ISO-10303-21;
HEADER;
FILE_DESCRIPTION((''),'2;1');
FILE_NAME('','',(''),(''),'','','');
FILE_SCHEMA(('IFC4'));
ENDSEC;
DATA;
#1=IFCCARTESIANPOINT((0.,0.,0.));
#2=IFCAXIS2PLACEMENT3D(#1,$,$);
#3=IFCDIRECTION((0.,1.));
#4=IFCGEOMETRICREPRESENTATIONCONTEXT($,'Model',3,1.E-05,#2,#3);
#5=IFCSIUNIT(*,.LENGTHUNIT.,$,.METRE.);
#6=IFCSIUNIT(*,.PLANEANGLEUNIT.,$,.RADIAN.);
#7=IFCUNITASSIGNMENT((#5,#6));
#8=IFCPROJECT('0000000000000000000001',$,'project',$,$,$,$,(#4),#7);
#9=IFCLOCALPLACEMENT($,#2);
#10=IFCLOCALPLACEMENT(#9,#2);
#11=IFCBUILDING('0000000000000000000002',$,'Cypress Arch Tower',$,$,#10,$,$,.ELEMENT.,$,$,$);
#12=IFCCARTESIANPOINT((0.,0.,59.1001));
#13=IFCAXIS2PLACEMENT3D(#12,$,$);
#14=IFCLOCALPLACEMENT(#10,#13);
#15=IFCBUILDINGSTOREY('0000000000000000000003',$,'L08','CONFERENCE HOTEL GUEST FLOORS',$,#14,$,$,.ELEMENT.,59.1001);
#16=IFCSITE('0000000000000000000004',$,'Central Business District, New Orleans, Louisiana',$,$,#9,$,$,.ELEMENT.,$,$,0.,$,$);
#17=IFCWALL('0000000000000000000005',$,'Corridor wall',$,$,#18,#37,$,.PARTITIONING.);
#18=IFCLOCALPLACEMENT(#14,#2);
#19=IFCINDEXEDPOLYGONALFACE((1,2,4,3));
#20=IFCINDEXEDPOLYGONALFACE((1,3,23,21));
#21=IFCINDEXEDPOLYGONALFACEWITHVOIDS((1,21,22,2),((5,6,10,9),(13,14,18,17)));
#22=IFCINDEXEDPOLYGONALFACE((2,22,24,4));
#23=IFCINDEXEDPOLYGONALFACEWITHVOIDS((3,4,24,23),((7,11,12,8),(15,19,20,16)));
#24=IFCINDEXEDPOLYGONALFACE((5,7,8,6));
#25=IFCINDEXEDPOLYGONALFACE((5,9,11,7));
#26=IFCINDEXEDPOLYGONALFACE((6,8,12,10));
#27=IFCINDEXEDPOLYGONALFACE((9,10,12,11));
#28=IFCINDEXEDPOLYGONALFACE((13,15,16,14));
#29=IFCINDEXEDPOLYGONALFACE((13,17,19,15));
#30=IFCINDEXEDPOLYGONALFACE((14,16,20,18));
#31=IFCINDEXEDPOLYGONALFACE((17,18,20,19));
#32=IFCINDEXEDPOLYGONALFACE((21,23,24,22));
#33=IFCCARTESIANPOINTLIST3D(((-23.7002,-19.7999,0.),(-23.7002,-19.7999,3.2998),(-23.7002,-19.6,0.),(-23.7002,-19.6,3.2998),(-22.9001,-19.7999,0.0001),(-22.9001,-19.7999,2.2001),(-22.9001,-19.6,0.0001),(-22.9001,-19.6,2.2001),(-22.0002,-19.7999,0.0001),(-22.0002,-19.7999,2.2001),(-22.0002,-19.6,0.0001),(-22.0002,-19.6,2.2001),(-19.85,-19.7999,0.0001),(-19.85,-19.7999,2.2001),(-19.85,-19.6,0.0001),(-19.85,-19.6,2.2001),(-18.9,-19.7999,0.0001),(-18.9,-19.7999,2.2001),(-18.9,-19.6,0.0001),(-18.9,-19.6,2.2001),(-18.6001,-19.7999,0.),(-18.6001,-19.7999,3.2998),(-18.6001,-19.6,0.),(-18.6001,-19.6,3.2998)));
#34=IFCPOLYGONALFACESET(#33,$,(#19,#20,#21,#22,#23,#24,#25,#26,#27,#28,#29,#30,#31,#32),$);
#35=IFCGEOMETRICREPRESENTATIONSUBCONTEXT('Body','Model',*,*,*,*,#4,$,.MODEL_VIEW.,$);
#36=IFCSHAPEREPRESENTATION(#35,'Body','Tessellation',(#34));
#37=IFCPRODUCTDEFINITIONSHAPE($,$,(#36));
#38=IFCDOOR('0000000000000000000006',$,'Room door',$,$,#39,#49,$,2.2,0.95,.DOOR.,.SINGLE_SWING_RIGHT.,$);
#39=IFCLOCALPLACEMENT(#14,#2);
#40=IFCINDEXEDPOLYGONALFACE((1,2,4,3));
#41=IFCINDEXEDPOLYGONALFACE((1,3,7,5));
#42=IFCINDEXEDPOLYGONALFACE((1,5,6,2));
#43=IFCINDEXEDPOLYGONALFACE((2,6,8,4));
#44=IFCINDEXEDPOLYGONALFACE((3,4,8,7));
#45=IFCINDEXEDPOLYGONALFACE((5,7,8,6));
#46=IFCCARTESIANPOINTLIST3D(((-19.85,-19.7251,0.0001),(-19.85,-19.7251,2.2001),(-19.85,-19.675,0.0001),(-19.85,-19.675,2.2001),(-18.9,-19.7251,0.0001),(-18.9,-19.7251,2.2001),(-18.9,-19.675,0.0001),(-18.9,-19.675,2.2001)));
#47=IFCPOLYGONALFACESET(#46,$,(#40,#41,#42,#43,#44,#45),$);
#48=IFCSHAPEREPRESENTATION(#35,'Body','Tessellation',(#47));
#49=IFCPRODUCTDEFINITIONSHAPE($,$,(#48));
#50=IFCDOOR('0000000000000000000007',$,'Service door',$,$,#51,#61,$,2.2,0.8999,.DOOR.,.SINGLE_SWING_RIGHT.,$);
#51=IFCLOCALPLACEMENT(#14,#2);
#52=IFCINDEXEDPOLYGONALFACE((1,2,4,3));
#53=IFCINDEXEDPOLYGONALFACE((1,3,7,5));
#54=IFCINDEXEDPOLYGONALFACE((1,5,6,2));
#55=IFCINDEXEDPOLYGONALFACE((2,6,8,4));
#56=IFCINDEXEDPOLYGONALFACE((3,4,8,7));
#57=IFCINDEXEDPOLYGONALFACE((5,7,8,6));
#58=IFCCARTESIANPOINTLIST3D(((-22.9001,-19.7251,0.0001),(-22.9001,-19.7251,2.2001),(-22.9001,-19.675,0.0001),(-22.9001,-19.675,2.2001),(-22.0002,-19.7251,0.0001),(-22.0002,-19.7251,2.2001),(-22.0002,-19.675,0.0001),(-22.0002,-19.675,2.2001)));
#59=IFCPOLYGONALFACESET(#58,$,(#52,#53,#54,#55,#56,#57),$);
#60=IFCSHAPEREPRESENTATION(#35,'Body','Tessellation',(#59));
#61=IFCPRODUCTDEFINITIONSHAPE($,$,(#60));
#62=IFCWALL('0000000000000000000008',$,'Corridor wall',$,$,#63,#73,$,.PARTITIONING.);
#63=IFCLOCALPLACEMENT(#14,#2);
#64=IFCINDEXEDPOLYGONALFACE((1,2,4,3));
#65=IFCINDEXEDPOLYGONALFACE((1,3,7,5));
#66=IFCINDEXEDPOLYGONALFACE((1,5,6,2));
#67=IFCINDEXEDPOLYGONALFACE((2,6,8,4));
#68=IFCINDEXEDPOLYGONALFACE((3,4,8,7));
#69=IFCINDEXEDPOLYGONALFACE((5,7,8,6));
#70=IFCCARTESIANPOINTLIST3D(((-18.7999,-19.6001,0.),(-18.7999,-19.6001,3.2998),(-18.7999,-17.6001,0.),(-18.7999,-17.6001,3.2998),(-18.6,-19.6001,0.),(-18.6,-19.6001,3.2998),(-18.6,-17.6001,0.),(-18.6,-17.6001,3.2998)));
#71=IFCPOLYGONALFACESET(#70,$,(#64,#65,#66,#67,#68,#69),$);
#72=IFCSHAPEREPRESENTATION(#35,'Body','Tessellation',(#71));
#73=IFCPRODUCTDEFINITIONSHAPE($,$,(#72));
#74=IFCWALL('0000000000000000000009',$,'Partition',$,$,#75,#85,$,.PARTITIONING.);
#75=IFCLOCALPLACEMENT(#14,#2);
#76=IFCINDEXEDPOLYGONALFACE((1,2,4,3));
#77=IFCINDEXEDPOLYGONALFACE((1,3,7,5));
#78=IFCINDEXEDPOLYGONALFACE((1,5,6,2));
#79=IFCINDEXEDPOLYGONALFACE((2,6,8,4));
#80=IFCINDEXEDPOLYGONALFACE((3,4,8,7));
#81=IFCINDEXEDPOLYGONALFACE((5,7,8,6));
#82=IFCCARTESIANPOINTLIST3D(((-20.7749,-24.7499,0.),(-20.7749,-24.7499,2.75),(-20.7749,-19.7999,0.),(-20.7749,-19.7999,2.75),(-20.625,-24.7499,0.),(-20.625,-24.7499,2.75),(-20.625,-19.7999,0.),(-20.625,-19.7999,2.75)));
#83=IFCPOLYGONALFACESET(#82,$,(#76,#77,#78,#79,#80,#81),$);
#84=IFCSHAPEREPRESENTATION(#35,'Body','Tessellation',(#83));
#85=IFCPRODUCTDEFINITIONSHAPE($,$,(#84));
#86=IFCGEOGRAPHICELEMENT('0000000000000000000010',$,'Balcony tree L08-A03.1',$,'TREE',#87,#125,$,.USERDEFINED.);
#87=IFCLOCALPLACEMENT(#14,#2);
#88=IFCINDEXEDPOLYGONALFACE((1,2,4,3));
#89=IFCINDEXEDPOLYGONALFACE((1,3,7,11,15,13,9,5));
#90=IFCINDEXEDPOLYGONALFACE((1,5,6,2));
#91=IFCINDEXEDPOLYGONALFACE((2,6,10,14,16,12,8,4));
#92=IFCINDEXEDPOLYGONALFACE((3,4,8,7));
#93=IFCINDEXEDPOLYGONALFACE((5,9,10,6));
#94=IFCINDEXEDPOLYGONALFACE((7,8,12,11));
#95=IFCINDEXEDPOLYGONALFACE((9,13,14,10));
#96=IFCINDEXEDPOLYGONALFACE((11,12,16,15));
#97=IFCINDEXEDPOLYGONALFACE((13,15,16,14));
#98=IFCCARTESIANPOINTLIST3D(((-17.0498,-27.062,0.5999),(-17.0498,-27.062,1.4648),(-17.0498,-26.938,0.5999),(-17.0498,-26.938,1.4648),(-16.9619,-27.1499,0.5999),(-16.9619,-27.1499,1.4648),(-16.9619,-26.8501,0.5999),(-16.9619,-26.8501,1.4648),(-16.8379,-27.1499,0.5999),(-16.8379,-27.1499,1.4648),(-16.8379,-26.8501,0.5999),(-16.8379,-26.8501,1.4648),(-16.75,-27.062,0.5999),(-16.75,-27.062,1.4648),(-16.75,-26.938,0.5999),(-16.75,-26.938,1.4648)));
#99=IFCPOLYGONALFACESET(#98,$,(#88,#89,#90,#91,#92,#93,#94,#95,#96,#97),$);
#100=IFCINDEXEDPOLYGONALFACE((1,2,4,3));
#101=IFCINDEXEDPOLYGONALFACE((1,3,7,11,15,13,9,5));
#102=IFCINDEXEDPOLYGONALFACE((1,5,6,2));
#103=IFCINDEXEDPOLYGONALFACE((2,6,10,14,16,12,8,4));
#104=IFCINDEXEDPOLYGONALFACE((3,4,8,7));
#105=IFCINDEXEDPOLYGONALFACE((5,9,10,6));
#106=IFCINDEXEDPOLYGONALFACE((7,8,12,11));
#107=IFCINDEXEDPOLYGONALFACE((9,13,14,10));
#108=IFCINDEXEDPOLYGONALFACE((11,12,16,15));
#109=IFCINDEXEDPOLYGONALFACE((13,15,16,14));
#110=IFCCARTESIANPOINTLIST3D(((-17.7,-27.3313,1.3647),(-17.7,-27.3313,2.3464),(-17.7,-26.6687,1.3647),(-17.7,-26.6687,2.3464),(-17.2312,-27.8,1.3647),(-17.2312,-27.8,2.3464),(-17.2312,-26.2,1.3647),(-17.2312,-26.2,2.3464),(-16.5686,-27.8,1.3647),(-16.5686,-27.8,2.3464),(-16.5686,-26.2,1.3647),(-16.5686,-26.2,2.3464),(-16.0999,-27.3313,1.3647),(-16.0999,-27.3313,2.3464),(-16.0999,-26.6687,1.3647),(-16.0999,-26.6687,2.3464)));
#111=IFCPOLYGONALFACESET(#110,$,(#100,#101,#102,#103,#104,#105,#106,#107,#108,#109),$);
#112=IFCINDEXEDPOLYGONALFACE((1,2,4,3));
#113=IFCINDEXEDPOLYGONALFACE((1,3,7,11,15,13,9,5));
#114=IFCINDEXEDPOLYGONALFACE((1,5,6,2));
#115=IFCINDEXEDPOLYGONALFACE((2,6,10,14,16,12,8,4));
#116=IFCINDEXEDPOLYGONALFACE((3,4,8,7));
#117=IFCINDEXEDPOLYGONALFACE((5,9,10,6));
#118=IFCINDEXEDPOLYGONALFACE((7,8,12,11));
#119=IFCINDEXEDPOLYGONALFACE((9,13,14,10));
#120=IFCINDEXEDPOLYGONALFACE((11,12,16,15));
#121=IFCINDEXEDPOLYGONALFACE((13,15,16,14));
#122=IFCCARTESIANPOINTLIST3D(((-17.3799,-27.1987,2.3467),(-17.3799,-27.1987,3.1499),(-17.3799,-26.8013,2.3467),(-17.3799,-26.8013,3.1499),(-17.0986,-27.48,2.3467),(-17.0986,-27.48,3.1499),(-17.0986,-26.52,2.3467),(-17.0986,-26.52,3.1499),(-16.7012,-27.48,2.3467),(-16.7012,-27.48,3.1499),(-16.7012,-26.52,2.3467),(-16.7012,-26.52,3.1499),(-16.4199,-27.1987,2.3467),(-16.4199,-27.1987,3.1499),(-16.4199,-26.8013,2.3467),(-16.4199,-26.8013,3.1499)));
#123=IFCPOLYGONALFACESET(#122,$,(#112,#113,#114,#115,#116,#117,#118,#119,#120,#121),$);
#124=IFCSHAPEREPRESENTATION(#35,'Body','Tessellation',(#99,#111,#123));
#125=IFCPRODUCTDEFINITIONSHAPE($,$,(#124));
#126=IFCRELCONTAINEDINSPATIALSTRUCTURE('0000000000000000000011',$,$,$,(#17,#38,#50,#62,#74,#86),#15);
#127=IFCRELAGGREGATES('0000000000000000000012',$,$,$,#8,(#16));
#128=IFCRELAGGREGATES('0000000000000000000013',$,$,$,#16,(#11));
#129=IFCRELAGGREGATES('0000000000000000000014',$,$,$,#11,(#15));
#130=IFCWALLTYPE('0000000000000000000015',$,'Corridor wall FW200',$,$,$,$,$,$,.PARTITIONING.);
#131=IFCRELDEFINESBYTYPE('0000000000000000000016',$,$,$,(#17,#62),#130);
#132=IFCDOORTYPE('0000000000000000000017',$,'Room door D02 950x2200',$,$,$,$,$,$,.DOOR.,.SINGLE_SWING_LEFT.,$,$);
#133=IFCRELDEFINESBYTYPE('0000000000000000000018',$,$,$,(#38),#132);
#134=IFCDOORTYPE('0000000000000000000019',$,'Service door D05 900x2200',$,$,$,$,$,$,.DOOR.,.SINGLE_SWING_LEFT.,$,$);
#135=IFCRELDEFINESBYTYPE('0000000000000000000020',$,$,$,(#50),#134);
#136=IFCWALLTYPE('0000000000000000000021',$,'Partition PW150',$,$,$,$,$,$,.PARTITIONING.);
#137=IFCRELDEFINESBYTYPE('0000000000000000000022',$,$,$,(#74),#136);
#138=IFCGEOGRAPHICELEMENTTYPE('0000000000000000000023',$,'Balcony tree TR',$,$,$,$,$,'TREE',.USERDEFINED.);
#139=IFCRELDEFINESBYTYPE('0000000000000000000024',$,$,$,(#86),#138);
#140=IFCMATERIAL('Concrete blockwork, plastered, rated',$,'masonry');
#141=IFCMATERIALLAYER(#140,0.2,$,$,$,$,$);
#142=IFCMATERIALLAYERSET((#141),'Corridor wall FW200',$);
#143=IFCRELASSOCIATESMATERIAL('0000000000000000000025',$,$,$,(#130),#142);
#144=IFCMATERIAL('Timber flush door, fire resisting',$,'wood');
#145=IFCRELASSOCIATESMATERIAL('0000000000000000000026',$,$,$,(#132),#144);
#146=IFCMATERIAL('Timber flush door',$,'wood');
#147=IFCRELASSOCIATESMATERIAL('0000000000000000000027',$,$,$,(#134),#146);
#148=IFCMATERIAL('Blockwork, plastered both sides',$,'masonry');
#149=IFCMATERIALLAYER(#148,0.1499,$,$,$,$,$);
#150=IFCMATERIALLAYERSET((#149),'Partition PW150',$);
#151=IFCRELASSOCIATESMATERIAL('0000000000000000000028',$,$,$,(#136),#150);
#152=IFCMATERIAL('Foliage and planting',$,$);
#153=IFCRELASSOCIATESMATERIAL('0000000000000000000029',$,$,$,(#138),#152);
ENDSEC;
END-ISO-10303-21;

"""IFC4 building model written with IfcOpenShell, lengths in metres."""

from ifc_helpers import new_model, si_unit, direction, frame, frame_2d, origin, place, context, subcontext, project, spatial, polyline, rectangle, outline, extrude, material, layer, layer_set, type_object, element, fill, save


model = new_model("IFC4")

# Units and contexts
model_context = context("Model", 3, precision=1e-05, world=origin(), true_north=direction((0.0, 1.0)))
body_context = subcontext(model_context, "Body", "Model", "MODEL_VIEW")
ifc_project = project(units=[si_unit("LENGTHUNIT", "METRE"), si_unit("PLANEANGLEUNIT", "RADIAN")], contexts=[model_context])

# Site, building, storey
site_placement = place(None, origin())
site = spatial("IfcSite", under=ifc_project, at=site_placement, Name="Central Business District, New Orleans, Louisiana", CompositionType="ELEMENT", RefElevation=0.0)
building_placement = place(site_placement, origin())
building = spatial("IfcBuilding", under=site, at=building_placement, Name="Cypress Arch Tower", CompositionType="ELEMENT")
storey_placement = place(building_placement, frame((0.0, 0.0, 59.1001)))
storey = spatial("IfcBuildingStorey", under=building, at=storey_placement, Name="L08", Description="CONFERENCE HOTEL GUEST FLOORS", CompositionType="ELEMENT", Elevation=59.1001)

# Wall, openings, doors
ifc_material_1 = material(Name="Concrete blockwork, plastered, rated", Category="masonry")
ifc_layer_1 = layer(ifc_material_1, 0.2)
ifc_layer_set_1 = layer_set([ifc_layer_1], Name="Corridor wall FW200")
wall_type_1 = type_object("IfcWallType", Name="Corridor wall FW200", PredefinedType="PARTITIONING", material=ifc_layer_set_1)
wall_1_placement = place(storey_placement, frame((-23.7002, -19.7, 0.0), z_axis=(0.0, 0.0, 1.0), x_axis=(1.0, 0.0, 0.0)))
wall_1 = element("IfcWall", 1, at=wall_1_placement, inside=storey, type_object=wall_type_1, Name="Corridor wall", PredefinedType="PARTITIONING", context=body_context, shape_type="SweptSolid", body=[
    extrude(rectangle(XDim=5.1001, YDim=0.2, at=frame_2d((2.55, 0.0))), origin(), (0.0, 0.0, 1.0), 3.2998),
])
opening_1_placement = place(wall_1_placement, frame((0.8, 0.0, 0.0)))
opening_1 = element("IfcOpeningElement", 2, at=opening_1_placement, cuts=wall_1, PredefinedType="OPENING", context=body_context, shape_type="SweptSolid", body=[
    extrude(rectangle(XDim=0.8999, YDim=2.2, at=frame_2d((0.45, 1.1001))), frame((0.0, 0.1099, 0.0), z_axis=(0.0, -1.0, 0.0), x_axis=(1.0, 0.0, 0.0)), (0.0, 0.0, 1.0), 0.22),
])
opening_2_placement = place(wall_1_placement, frame((3.8501, 0.0, 0.0)))
opening_2 = element("IfcOpeningElement", 3, at=opening_2_placement, cuts=wall_1, PredefinedType="OPENING", context=body_context, shape_type="SweptSolid", body=[
    extrude(rectangle(XDim=0.95, YDim=2.2, at=frame_2d((0.4751, 1.1001))), frame((0.0, 0.1099, 0.0), z_axis=(0.0, -1.0, 0.0), x_axis=(1.0, 0.0, 0.0)), (0.0, 0.0, 1.0), 0.22),
])
ifc_material_2 = material(Name="Timber flush door, fire resisting", Category="wood")
door_type_1 = type_object("IfcDoorType", Name="Room door D02 950x2200", OperationType="SINGLE_SWING_LEFT", PredefinedType="DOOR", material=ifc_material_2)
door_1_placement = place(opening_2_placement, origin())
door_1 = element("IfcDoor", 4, at=door_1_placement, inside=storey, type_object=door_type_1, Name="Room door", OperationType="SINGLE_SWING_RIGHT", OverallHeight=2.2, OverallWidth=0.95, PredefinedType="DOOR", context=body_context, shape_type="SweptSolid", body=[
    extrude(rectangle(XDim=0.95, YDim=2.2, at=frame_2d((0.4751, 1.1001))), frame((0.0, 0.0249, 0.0), z_axis=(0.0, -1.0, 0.0), x_axis=(1.0, 0.0, 0.0)), (0.0, 0.0, 1.0), 0.05),
])
fill(opening_2, door_1)
ifc_material_3 = material(Name="Timber flush door", Category="wood")
door_type_2 = type_object("IfcDoorType", Name="Service door D05 900x2200", OperationType="SINGLE_SWING_LEFT", PredefinedType="DOOR", material=ifc_material_3)
door_2_placement = place(opening_1_placement, origin())
door_2 = element("IfcDoor", 5, at=door_2_placement, inside=storey, type_object=door_type_2, Name="Service door", OperationType="SINGLE_SWING_RIGHT", OverallHeight=2.2, OverallWidth=0.8999, PredefinedType="DOOR", context=body_context, shape_type="SweptSolid", body=[
    extrude(rectangle(XDim=0.8999, YDim=2.2, at=frame_2d((0.45, 1.1001))), frame((0.0, 0.0249, 0.0), z_axis=(0.0, -1.0, 0.0), x_axis=(1.0, 0.0, 0.0)), (0.0, 0.0, 1.0), 0.05),
])
fill(opening_1, door_2)

# Walls
wall_2_placement = place(storey_placement, frame((-18.7, -19.6001, 0.0), z_axis=(0.0, 0.0, 1.0), x_axis=(0.0, 1.0, 0.0)))
element("IfcWall", 6, at=wall_2_placement, inside=storey, type_object=wall_type_1, Name="Corridor wall", PredefinedType="PARTITIONING", context=body_context, shape_type="SweptSolid", body=[
    extrude(rectangle(XDim=2.0, YDim=0.2, at=frame_2d((1.0, 0.0))), origin(), (0.0, 0.0, 1.0), 3.2998),
])
ifc_material_4 = material(Name="Blockwork, plastered both sides", Category="masonry")
ifc_layer_2 = layer(ifc_material_4, 0.1499)
ifc_layer_set_2 = layer_set([ifc_layer_2], Name="Partition PW150")
wall_type_2 = type_object("IfcWallType", Name="Partition PW150", PredefinedType="PARTITIONING", material=ifc_layer_set_2)
wall_3_placement = place(storey_placement, frame((-20.7, -24.75, 0.0), z_axis=(0.0, 0.0, 1.0), x_axis=(0.0, 1.0, 0.0)))
element("IfcWall", 7, at=wall_3_placement, inside=storey, type_object=wall_type_2, Name="Partition", PredefinedType="PARTITIONING", context=body_context, shape_type="SweptSolid", body=[
    extrude(rectangle(XDim=4.95, YDim=0.1499, at=frame_2d((2.4751, 0.0))), origin(), (0.0, 0.0, 1.0), 2.75),
])

# Geographic element
ifc_material_5 = material(Name="Foliage and planting")
geographic_element_type = type_object("IfcGeographicElementType", Name="Balcony tree TR", ElementType="TREE", PredefinedType="USERDEFINED", material=ifc_material_5)
geographic_element_placement = place(storey_placement, frame((-16.8999, -27.0, 0.5999), z_axis=(0.0, 0.0, 1.0), x_axis=(1.0, 0.0, 0.0)))
element("IfcGeographicElement", 8, at=geographic_element_placement, inside=storey, type_object=geographic_element_type, Name="Balcony tree L08-A03.1", ObjectType="TREE", PredefinedType="USERDEFINED", context=body_context, shape_type="SweptSolid", body=[
    extrude(outline(polyline([(0.1499, 0.062), (0.062, 0.1499), (-0.062, 0.1499), (-0.1499, 0.062), (-0.1499, -0.062), (-0.062, -0.1499), (0.062, -0.1499), (0.1499, -0.062), (0.1499, 0.062)])), origin(), (0.0, 0.0, 1.0), 0.865),
    extrude(outline(polyline([(0.8, 0.3313), (0.3313, 0.8), (-0.3313, 0.8), (-0.8, 0.3313), (-0.8, -0.3313), (-0.3313, -0.8), (0.3313, -0.8), (0.8, -0.3313), (0.8, 0.3313)])), frame((0.0, 0.0, 0.7649)), (0.0, 0.0, 1.0), 0.9817),
    extrude(outline(polyline([(0.48, 0.1987), (0.1987, 0.48), (-0.1987, 0.48), (-0.48, 0.1987), (-0.48, -0.1987), (-0.1987, -0.48), (0.1987, -0.48), (0.48, -0.1987), (0.48, 0.1987)])), frame((0.0, 0.0, 1.7468)), (0.0, 0.0, 1.0), 0.8032),
])

save(model, "model.ifc")
